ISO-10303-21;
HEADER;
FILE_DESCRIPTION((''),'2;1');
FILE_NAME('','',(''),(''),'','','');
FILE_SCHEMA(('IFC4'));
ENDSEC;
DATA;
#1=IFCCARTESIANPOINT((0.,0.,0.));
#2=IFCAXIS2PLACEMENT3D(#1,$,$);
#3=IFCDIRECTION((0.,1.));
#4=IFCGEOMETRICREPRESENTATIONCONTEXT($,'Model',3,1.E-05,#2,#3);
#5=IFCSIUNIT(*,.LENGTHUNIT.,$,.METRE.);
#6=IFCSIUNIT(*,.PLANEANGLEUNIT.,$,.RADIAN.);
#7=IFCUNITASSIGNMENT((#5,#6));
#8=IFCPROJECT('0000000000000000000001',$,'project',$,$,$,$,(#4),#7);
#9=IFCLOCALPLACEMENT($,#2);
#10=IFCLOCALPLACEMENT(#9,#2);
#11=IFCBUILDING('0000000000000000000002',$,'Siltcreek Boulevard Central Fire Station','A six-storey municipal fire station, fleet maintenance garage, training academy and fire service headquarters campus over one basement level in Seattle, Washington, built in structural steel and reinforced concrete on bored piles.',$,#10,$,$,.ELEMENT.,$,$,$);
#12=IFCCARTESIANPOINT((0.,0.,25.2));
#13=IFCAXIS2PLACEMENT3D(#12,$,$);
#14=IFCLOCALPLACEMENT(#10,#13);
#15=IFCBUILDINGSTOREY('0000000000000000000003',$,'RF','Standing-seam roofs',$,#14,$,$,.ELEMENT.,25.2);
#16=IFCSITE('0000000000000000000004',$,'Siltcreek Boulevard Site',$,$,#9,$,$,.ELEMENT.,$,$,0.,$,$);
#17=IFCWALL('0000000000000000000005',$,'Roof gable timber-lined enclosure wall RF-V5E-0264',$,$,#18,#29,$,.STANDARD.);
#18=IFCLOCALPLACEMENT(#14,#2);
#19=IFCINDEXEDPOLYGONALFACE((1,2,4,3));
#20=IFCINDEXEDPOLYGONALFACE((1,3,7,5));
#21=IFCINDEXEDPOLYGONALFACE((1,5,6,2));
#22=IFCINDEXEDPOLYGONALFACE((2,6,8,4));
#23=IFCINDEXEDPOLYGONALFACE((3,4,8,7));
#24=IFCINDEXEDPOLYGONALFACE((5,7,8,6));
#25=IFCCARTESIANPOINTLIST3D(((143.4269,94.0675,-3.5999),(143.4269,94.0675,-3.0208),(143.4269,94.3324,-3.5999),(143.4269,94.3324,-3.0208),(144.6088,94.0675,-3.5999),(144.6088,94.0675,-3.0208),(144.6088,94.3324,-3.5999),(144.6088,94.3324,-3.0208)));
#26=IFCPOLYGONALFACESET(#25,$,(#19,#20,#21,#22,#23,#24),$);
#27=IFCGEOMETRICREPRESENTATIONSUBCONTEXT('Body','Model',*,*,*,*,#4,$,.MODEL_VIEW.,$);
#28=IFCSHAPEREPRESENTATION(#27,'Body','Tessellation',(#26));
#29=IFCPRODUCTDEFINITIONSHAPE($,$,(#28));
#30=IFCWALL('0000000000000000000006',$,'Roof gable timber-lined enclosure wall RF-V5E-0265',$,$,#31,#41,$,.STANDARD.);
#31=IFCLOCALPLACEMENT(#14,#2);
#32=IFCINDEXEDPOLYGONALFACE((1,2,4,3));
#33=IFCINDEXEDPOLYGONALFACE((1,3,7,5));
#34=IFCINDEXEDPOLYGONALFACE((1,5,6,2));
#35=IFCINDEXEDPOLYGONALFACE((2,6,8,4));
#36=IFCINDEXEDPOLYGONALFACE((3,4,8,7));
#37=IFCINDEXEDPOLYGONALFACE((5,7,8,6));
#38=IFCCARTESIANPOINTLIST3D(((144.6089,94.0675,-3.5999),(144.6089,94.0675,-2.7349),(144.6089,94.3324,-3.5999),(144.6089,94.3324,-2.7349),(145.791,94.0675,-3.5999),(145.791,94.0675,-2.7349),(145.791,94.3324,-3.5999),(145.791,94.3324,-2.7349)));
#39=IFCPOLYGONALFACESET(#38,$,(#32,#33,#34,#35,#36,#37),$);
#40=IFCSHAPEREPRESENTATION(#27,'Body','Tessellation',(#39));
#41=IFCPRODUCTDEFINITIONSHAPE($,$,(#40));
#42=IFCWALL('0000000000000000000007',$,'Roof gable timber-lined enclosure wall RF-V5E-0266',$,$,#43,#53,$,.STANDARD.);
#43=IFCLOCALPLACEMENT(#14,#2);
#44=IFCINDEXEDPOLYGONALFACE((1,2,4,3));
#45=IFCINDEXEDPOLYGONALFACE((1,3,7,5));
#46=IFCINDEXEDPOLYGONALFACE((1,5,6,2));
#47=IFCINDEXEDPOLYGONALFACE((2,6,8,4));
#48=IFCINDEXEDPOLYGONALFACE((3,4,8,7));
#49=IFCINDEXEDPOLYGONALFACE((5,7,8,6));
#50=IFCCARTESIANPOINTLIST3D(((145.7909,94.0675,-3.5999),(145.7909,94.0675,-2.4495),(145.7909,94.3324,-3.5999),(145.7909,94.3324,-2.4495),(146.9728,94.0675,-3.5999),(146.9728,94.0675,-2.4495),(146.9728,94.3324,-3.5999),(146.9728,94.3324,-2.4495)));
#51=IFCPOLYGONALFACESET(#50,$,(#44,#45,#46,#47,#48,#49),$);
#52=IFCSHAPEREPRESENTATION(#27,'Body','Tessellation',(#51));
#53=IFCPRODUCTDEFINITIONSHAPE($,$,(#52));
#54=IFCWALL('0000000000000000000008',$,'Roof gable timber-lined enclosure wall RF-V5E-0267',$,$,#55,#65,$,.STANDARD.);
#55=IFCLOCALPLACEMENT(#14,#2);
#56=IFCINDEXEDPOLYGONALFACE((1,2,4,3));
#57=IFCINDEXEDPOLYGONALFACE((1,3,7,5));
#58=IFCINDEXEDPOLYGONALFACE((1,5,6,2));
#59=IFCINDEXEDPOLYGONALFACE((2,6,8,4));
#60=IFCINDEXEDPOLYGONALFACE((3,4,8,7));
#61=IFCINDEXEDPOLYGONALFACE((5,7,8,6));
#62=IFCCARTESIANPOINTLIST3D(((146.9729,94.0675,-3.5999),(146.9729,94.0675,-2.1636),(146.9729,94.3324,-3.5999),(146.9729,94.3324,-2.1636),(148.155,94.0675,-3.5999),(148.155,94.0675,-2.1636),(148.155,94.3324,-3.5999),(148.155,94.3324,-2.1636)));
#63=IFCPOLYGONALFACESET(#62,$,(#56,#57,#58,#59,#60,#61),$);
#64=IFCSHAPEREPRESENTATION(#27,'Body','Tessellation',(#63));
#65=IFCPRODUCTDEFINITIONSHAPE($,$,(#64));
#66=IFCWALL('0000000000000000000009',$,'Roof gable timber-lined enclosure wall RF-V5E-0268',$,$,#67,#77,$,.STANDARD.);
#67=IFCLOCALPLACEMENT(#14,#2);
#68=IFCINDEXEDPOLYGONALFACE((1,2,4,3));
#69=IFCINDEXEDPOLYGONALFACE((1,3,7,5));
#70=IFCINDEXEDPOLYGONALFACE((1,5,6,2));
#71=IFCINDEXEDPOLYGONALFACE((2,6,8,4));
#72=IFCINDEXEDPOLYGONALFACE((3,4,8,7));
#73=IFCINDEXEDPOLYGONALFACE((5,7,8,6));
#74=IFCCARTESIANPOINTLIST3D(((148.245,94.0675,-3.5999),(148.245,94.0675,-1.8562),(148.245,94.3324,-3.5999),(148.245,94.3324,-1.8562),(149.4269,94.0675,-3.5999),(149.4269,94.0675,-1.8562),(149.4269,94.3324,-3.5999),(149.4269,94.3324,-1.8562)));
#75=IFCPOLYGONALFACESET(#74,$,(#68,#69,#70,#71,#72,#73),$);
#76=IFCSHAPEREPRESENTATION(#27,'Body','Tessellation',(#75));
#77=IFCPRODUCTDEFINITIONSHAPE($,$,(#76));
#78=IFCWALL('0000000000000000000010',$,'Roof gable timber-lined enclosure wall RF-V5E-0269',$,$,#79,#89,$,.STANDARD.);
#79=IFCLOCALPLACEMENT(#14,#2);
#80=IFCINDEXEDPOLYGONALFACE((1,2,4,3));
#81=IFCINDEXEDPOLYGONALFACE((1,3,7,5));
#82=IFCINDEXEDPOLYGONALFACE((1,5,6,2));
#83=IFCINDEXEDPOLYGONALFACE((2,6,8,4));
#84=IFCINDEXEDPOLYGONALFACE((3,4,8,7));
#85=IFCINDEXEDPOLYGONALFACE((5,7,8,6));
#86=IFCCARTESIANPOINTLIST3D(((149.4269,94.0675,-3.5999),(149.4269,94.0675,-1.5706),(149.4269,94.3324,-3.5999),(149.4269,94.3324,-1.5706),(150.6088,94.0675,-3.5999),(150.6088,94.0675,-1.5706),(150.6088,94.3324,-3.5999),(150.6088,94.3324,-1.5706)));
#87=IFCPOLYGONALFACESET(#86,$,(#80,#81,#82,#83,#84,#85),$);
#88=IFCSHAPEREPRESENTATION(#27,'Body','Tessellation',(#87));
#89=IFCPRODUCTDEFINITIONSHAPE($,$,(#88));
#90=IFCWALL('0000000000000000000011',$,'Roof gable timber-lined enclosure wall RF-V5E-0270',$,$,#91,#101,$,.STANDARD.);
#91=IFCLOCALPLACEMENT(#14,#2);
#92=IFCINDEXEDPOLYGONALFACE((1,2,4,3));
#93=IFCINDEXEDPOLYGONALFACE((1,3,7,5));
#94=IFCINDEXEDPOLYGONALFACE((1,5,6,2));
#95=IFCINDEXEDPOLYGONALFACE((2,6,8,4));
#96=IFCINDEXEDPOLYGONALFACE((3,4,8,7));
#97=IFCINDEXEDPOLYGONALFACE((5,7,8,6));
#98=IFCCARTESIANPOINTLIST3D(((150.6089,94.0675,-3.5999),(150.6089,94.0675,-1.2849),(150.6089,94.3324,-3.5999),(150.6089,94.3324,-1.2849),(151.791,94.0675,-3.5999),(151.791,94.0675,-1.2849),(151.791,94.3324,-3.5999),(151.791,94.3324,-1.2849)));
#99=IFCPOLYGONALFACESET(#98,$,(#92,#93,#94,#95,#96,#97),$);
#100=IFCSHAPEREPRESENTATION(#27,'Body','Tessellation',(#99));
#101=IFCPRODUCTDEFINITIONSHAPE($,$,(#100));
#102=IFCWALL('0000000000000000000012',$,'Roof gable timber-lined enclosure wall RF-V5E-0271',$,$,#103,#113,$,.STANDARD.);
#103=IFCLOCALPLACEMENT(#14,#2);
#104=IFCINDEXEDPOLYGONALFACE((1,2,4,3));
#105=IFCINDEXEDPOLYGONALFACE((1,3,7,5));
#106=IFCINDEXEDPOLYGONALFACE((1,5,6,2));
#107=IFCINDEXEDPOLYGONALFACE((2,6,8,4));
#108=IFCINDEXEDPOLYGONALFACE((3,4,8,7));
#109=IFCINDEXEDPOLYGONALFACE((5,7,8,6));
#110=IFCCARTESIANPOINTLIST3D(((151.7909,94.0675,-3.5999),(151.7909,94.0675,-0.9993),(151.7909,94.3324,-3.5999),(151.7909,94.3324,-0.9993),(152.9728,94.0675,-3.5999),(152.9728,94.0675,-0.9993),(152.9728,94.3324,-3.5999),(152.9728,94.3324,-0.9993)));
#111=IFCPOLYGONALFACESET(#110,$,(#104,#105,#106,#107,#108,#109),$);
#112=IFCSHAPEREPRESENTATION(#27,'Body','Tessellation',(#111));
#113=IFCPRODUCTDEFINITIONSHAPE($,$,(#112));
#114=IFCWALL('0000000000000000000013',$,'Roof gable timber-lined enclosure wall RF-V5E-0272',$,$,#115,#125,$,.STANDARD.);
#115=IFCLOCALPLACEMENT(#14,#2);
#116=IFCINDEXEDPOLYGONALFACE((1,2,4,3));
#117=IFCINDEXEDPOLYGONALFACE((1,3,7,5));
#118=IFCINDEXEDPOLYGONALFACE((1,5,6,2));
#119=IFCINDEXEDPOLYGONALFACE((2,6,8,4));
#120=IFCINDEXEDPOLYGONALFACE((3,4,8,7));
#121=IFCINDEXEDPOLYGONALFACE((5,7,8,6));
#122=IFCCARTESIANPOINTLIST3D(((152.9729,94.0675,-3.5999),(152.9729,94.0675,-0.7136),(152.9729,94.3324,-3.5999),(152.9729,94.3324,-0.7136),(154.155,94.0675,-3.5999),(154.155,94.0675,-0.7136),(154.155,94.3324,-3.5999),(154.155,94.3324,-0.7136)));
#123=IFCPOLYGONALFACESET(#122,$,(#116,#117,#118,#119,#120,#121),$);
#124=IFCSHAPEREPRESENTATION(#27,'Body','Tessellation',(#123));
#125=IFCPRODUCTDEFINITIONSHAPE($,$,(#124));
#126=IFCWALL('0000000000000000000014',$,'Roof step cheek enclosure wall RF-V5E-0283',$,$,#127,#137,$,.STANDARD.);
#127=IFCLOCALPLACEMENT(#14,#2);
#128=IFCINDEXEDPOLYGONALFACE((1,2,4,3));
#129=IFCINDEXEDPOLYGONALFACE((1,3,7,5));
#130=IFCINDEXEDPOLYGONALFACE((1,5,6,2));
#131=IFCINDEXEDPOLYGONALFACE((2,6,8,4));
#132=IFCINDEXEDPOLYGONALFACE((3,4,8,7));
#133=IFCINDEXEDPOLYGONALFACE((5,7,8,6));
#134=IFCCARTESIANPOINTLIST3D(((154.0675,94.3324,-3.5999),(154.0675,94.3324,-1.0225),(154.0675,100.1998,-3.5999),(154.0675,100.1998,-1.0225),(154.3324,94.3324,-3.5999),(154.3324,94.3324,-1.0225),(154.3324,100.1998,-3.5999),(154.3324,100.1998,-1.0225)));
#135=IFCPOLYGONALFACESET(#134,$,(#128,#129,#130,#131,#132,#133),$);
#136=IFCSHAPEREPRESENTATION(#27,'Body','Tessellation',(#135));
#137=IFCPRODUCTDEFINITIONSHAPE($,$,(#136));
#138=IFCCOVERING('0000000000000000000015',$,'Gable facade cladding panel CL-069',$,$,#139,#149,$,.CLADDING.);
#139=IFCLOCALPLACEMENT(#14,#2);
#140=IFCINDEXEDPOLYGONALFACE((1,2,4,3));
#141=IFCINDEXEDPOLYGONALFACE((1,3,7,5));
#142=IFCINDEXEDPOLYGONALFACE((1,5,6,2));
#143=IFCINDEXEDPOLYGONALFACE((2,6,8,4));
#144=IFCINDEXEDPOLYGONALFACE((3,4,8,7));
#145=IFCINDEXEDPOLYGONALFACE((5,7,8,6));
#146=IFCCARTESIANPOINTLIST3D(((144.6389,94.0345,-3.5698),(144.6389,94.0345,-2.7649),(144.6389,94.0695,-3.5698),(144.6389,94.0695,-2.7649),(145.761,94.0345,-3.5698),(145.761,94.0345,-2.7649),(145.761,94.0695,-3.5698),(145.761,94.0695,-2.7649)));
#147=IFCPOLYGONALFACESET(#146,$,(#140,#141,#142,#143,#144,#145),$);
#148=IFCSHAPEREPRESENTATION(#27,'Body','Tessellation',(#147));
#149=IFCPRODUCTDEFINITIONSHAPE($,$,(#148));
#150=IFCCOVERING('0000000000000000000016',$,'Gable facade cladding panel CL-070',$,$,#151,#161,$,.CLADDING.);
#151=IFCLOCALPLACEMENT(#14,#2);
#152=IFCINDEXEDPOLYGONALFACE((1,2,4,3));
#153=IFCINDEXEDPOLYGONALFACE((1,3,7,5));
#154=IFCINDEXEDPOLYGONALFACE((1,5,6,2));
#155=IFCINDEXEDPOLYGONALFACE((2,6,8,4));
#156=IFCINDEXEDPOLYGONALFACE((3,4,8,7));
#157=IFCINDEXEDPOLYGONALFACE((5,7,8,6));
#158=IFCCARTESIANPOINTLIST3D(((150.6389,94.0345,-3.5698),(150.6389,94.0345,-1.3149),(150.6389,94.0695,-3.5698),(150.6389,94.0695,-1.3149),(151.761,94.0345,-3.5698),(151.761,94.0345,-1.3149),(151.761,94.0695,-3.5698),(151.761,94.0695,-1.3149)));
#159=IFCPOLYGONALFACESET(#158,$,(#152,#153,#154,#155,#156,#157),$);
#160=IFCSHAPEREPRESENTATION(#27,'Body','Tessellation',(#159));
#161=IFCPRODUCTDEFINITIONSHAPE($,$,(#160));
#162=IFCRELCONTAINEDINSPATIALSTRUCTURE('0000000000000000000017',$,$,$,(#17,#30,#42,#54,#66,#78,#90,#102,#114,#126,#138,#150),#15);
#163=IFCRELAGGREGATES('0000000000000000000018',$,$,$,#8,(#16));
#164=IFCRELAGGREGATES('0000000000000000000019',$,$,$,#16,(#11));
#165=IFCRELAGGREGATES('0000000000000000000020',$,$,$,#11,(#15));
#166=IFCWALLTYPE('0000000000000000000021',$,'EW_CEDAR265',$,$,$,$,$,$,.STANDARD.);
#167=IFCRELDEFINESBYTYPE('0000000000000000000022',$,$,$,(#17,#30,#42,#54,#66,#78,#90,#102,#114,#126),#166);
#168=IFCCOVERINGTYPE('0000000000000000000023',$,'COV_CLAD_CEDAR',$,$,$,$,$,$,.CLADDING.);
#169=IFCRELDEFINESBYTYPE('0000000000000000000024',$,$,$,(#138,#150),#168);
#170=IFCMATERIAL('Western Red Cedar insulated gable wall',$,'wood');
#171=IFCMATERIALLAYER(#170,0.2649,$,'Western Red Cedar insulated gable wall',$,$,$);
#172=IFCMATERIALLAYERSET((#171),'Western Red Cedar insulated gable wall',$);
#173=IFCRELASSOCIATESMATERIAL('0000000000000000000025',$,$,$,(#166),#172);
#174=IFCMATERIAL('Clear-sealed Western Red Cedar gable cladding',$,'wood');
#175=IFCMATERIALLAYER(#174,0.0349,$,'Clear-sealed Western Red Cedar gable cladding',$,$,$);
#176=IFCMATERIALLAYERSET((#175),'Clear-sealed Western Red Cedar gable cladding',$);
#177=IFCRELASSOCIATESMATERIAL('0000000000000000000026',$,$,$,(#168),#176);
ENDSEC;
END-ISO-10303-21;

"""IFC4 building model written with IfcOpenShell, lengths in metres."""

from ifc_helpers import new_model, si_unit, direction, frame, frame_2d, origin, origin_2d, place, context, subcontext, project, spatial, rectangle, extrude, material, layer, layer_set, type_object, element, save


model = new_model("IFC4")

# Units and contexts
model_context = context("Model", 3, precision=1e-05, world=origin(), true_north=direction((0.0, 1.0)))
body_context = subcontext(model_context, "Body", "Model", "MODEL_VIEW")
ifc_project = project(units=[si_unit("LENGTHUNIT", "METRE"), si_unit("PLANEANGLEUNIT", "RADIAN")], contexts=[model_context])

# Site, building, storey
site_placement = place(None, origin())
site = spatial("IfcSite", under=ifc_project, at=site_placement, Name="Siltcreek Boulevard Site", CompositionType="ELEMENT", RefElevation=0.0)
building_placement = place(site_placement, origin())
building = spatial("IfcBuilding", under=site, at=building_placement, Name="Siltcreek Boulevard Central Fire Station", Description="A six-storey municipal fire station, fleet maintenance garage, training academy and fire service headquarters campus over one basement level in Seattle, Washington, built in structural steel and reinforced concrete on bored piles.", CompositionType="ELEMENT")
storey_placement = place(building_placement, frame((0.0, 0.0, 25.2)))
storey = spatial("IfcBuildingStorey", under=building, at=storey_placement, Name="RF", Description="Standing-seam roofs", CompositionType="ELEMENT", Elevation=25.2)

# Walls
ifc_material_1 = material(Name="Western Red Cedar insulated gable wall", Category="wood")
ifc_layer_1 = layer(ifc_material_1, 0.2649, Name="Western Red Cedar insulated gable wall")
ifc_layer_set_1 = layer_set([ifc_layer_1], Name="Western Red Cedar insulated gable wall")
wall_type = type_object("IfcWallType", Name="EW_CEDAR265", PredefinedType="STANDARD", material=ifc_layer_set_1)
wall_1_placement = place(storey_placement, frame((143.427, 94.2, -3.5999), z_axis=(0.0, 0.0, 1.0), x_axis=(1.0, 0.0, 0.0)))
element("IfcWall", 1, at=wall_1_placement, inside=storey, type_object=wall_type, Name="Roof gable timber-lined enclosure wall RF-V5E-0264", PredefinedType="STANDARD", context=body_context, shape_type="SweptSolid", body=[
    extrude(rectangle(XDim=1.1819, YDim=0.2649, at=frame_2d((0.5908, 0.0))), origin(), (0.0, 0.0, 1.0), 0.5791),
])
wall_2_placement = place(storey_placement, frame((144.6089, 94.2, -3.5999), z_axis=(0.0, 0.0, 1.0), x_axis=(1.0, 0.0, 0.0)))
element("IfcWall", 2, at=wall_2_placement, inside=storey, type_object=wall_type, Name="Roof gable timber-lined enclosure wall RF-V5E-0265", PredefinedType="STANDARD", context=body_context, shape_type="SweptSolid", body=[
    extrude(rectangle(XDim=1.1821, YDim=0.2649, at=frame_2d((0.5911, 0.0))), origin(), (0.0, 0.0, 1.0), 0.865),
])
wall_3_placement = place(storey_placement, frame((145.791, 94.2, -3.5999), z_axis=(0.0, 0.0, 1.0), x_axis=(1.0, 0.0, 0.0)))
element("IfcWall", 3, at=wall_3_placement, inside=storey, type_object=wall_type, Name="Roof gable timber-lined enclosure wall RF-V5E-0266", PredefinedType="STANDARD", context=body_context, shape_type="SweptSolid", body=[
    extrude(rectangle(XDim=1.1819, YDim=0.2649, at=frame_2d((0.5908, 0.0))), origin(), (0.0, 0.0, 1.0), 1.1504),
])
wall_4_placement = place(storey_placement, frame((146.9729, 94.2, -3.5999), z_axis=(0.0, 0.0, 1.0), x_axis=(1.0, 0.0, 0.0)))
element("IfcWall", 4, at=wall_4_placement, inside=storey, type_object=wall_type, Name="Roof gable timber-lined enclosure wall RF-V5E-0267", PredefinedType="STANDARD", context=body_context, shape_type="SweptSolid", body=[
    extrude(rectangle(XDim=1.1821, YDim=0.2649, at=frame_2d((0.5911, 0.0))), origin(), (0.0, 0.0, 1.0), 1.4363),
])
wall_5_placement = place(storey_placement, frame((148.2451, 94.2, -3.5999), z_axis=(0.0, 0.0, 1.0), x_axis=(1.0, 0.0, 0.0)))
element("IfcWall", 5, at=wall_5_placement, inside=storey, type_object=wall_type, Name="Roof gable timber-lined enclosure wall RF-V5E-0268", PredefinedType="STANDARD", context=body_context, shape_type="SweptSolid", body=[
    extrude(rectangle(XDim=1.1819, YDim=0.2649, at=frame_2d((0.5908, 0.0))), origin(), (0.0, 0.0, 1.0), 1.7437),
])
wall_6_placement = place(storey_placement, frame((149.427, 94.2, -3.5999), z_axis=(0.0, 0.0, 1.0), x_axis=(1.0, 0.0, 0.0)))
element("IfcWall", 6, at=wall_6_placement, inside=storey, type_object=wall_type, Name="Roof gable timber-lined enclosure wall RF-V5E-0269", PredefinedType="STANDARD", context=body_context, shape_type="SweptSolid", body=[
    extrude(rectangle(XDim=1.1819, YDim=0.2649, at=frame_2d((0.5908, 0.0))), origin(), (0.0, 0.0, 1.0), 2.0293),
])
wall_7_placement = place(storey_placement, frame((150.6089, 94.2, -3.5999), z_axis=(0.0, 0.0, 1.0), x_axis=(1.0, 0.0, 0.0)))
element("IfcWall", 7, at=wall_7_placement, inside=storey, type_object=wall_type, Name="Roof gable timber-lined enclosure wall RF-V5E-0270", PredefinedType="STANDARD", context=body_context, shape_type="SweptSolid", body=[
    extrude(rectangle(XDim=1.1821, YDim=0.2649, at=frame_2d((0.5911, 0.0))), origin(), (0.0, 0.0, 1.0), 2.3149),
])
wall_8_placement = place(storey_placement, frame((151.791, 94.2, -3.5999), z_axis=(0.0, 0.0, 1.0), x_axis=(1.0, 0.0, 0.0)))
element("IfcWall", 8, at=wall_8_placement, inside=storey, type_object=wall_type, Name="Roof gable timber-lined enclosure wall RF-V5E-0271", PredefinedType="STANDARD", context=body_context, shape_type="SweptSolid", body=[
    extrude(rectangle(XDim=1.1819, YDim=0.2649, at=frame_2d((0.5908, 0.0))), origin(), (0.0, 0.0, 1.0), 2.6006),
])
wall_9_placement = place(storey_placement, frame((152.9729, 94.2, -3.5999), z_axis=(0.0, 0.0, 1.0), x_axis=(1.0, 0.0, 0.0)))
element("IfcWall", 9, at=wall_9_placement, inside=storey, type_object=wall_type, Name="Roof gable timber-lined enclosure wall RF-V5E-0272", PredefinedType="STANDARD", context=body_context, shape_type="SweptSolid", body=[
    extrude(rectangle(XDim=1.1821, YDim=0.2649, at=frame_2d((0.5911, 0.0))), origin(), (0.0, 0.0, 1.0), 2.8862),
])
wall_10_placement = place(storey_placement, frame((154.2, 94.3325, -3.5999), z_axis=(0.0, 0.0, 1.0), x_axis=(0.0, 1.0, 0.0)))
element("IfcWall", 10, at=wall_10_placement, inside=storey, type_object=wall_type, Name="Roof step cheek enclosure wall RF-V5E-0283", PredefinedType="STANDARD", context=body_context, shape_type="SweptSolid", body=[
    extrude(rectangle(XDim=5.8674, YDim=0.2649, at=frame_2d((2.9336, 0.0))), origin(), (0.0, 0.0, 1.0), 2.5774),
])

# Coverings
ifc_material_2 = material(Name="Clear-sealed Western Red Cedar gable cladding", Category="wood")
ifc_layer_2 = layer(ifc_material_2, 0.0349, Name="Clear-sealed Western Red Cedar gable cladding")
ifc_layer_set_2 = layer_set([ifc_layer_2], Name="Clear-sealed Western Red Cedar gable cladding")
covering_type = type_object("IfcCoveringType", Name="COV_CLAD_CEDAR", PredefinedType="CLADDING", material=ifc_layer_set_2)
covering_1_placement = place(storey_placement, frame((145.2, 94.052, -3.5698), z_axis=(0.0, 0.0, 1.0), x_axis=(1.0, 0.0, 0.0)))
element("IfcCovering", 11, at=covering_1_placement, inside=storey, type_object=covering_type, Name="Gable facade cladding panel CL-069", PredefinedType="CLADDING", context=body_context, shape_type="SweptSolid", body=[
    extrude(rectangle(XDim=1.1221, YDim=0.0349, at=origin_2d()), origin(), (0.0, 0.0, 1.0), 0.8049),
])
covering_2_placement = place(storey_placement, frame((151.2, 94.052, -3.5698), z_axis=(0.0, 0.0, 1.0), x_axis=(1.0, 0.0, 0.0)))
element("IfcCovering", 12, at=covering_2_placement, inside=storey, type_object=covering_type, Name="Gable facade cladding panel CL-070", PredefinedType="CLADDING", context=body_context, shape_type="SweptSolid", body=[
    extrude(rectangle(XDim=1.1221, YDim=0.0349, at=origin_2d()), origin(), (0.0, 0.0, 1.0), 2.2549),
])

save(model, "model.ifc")
